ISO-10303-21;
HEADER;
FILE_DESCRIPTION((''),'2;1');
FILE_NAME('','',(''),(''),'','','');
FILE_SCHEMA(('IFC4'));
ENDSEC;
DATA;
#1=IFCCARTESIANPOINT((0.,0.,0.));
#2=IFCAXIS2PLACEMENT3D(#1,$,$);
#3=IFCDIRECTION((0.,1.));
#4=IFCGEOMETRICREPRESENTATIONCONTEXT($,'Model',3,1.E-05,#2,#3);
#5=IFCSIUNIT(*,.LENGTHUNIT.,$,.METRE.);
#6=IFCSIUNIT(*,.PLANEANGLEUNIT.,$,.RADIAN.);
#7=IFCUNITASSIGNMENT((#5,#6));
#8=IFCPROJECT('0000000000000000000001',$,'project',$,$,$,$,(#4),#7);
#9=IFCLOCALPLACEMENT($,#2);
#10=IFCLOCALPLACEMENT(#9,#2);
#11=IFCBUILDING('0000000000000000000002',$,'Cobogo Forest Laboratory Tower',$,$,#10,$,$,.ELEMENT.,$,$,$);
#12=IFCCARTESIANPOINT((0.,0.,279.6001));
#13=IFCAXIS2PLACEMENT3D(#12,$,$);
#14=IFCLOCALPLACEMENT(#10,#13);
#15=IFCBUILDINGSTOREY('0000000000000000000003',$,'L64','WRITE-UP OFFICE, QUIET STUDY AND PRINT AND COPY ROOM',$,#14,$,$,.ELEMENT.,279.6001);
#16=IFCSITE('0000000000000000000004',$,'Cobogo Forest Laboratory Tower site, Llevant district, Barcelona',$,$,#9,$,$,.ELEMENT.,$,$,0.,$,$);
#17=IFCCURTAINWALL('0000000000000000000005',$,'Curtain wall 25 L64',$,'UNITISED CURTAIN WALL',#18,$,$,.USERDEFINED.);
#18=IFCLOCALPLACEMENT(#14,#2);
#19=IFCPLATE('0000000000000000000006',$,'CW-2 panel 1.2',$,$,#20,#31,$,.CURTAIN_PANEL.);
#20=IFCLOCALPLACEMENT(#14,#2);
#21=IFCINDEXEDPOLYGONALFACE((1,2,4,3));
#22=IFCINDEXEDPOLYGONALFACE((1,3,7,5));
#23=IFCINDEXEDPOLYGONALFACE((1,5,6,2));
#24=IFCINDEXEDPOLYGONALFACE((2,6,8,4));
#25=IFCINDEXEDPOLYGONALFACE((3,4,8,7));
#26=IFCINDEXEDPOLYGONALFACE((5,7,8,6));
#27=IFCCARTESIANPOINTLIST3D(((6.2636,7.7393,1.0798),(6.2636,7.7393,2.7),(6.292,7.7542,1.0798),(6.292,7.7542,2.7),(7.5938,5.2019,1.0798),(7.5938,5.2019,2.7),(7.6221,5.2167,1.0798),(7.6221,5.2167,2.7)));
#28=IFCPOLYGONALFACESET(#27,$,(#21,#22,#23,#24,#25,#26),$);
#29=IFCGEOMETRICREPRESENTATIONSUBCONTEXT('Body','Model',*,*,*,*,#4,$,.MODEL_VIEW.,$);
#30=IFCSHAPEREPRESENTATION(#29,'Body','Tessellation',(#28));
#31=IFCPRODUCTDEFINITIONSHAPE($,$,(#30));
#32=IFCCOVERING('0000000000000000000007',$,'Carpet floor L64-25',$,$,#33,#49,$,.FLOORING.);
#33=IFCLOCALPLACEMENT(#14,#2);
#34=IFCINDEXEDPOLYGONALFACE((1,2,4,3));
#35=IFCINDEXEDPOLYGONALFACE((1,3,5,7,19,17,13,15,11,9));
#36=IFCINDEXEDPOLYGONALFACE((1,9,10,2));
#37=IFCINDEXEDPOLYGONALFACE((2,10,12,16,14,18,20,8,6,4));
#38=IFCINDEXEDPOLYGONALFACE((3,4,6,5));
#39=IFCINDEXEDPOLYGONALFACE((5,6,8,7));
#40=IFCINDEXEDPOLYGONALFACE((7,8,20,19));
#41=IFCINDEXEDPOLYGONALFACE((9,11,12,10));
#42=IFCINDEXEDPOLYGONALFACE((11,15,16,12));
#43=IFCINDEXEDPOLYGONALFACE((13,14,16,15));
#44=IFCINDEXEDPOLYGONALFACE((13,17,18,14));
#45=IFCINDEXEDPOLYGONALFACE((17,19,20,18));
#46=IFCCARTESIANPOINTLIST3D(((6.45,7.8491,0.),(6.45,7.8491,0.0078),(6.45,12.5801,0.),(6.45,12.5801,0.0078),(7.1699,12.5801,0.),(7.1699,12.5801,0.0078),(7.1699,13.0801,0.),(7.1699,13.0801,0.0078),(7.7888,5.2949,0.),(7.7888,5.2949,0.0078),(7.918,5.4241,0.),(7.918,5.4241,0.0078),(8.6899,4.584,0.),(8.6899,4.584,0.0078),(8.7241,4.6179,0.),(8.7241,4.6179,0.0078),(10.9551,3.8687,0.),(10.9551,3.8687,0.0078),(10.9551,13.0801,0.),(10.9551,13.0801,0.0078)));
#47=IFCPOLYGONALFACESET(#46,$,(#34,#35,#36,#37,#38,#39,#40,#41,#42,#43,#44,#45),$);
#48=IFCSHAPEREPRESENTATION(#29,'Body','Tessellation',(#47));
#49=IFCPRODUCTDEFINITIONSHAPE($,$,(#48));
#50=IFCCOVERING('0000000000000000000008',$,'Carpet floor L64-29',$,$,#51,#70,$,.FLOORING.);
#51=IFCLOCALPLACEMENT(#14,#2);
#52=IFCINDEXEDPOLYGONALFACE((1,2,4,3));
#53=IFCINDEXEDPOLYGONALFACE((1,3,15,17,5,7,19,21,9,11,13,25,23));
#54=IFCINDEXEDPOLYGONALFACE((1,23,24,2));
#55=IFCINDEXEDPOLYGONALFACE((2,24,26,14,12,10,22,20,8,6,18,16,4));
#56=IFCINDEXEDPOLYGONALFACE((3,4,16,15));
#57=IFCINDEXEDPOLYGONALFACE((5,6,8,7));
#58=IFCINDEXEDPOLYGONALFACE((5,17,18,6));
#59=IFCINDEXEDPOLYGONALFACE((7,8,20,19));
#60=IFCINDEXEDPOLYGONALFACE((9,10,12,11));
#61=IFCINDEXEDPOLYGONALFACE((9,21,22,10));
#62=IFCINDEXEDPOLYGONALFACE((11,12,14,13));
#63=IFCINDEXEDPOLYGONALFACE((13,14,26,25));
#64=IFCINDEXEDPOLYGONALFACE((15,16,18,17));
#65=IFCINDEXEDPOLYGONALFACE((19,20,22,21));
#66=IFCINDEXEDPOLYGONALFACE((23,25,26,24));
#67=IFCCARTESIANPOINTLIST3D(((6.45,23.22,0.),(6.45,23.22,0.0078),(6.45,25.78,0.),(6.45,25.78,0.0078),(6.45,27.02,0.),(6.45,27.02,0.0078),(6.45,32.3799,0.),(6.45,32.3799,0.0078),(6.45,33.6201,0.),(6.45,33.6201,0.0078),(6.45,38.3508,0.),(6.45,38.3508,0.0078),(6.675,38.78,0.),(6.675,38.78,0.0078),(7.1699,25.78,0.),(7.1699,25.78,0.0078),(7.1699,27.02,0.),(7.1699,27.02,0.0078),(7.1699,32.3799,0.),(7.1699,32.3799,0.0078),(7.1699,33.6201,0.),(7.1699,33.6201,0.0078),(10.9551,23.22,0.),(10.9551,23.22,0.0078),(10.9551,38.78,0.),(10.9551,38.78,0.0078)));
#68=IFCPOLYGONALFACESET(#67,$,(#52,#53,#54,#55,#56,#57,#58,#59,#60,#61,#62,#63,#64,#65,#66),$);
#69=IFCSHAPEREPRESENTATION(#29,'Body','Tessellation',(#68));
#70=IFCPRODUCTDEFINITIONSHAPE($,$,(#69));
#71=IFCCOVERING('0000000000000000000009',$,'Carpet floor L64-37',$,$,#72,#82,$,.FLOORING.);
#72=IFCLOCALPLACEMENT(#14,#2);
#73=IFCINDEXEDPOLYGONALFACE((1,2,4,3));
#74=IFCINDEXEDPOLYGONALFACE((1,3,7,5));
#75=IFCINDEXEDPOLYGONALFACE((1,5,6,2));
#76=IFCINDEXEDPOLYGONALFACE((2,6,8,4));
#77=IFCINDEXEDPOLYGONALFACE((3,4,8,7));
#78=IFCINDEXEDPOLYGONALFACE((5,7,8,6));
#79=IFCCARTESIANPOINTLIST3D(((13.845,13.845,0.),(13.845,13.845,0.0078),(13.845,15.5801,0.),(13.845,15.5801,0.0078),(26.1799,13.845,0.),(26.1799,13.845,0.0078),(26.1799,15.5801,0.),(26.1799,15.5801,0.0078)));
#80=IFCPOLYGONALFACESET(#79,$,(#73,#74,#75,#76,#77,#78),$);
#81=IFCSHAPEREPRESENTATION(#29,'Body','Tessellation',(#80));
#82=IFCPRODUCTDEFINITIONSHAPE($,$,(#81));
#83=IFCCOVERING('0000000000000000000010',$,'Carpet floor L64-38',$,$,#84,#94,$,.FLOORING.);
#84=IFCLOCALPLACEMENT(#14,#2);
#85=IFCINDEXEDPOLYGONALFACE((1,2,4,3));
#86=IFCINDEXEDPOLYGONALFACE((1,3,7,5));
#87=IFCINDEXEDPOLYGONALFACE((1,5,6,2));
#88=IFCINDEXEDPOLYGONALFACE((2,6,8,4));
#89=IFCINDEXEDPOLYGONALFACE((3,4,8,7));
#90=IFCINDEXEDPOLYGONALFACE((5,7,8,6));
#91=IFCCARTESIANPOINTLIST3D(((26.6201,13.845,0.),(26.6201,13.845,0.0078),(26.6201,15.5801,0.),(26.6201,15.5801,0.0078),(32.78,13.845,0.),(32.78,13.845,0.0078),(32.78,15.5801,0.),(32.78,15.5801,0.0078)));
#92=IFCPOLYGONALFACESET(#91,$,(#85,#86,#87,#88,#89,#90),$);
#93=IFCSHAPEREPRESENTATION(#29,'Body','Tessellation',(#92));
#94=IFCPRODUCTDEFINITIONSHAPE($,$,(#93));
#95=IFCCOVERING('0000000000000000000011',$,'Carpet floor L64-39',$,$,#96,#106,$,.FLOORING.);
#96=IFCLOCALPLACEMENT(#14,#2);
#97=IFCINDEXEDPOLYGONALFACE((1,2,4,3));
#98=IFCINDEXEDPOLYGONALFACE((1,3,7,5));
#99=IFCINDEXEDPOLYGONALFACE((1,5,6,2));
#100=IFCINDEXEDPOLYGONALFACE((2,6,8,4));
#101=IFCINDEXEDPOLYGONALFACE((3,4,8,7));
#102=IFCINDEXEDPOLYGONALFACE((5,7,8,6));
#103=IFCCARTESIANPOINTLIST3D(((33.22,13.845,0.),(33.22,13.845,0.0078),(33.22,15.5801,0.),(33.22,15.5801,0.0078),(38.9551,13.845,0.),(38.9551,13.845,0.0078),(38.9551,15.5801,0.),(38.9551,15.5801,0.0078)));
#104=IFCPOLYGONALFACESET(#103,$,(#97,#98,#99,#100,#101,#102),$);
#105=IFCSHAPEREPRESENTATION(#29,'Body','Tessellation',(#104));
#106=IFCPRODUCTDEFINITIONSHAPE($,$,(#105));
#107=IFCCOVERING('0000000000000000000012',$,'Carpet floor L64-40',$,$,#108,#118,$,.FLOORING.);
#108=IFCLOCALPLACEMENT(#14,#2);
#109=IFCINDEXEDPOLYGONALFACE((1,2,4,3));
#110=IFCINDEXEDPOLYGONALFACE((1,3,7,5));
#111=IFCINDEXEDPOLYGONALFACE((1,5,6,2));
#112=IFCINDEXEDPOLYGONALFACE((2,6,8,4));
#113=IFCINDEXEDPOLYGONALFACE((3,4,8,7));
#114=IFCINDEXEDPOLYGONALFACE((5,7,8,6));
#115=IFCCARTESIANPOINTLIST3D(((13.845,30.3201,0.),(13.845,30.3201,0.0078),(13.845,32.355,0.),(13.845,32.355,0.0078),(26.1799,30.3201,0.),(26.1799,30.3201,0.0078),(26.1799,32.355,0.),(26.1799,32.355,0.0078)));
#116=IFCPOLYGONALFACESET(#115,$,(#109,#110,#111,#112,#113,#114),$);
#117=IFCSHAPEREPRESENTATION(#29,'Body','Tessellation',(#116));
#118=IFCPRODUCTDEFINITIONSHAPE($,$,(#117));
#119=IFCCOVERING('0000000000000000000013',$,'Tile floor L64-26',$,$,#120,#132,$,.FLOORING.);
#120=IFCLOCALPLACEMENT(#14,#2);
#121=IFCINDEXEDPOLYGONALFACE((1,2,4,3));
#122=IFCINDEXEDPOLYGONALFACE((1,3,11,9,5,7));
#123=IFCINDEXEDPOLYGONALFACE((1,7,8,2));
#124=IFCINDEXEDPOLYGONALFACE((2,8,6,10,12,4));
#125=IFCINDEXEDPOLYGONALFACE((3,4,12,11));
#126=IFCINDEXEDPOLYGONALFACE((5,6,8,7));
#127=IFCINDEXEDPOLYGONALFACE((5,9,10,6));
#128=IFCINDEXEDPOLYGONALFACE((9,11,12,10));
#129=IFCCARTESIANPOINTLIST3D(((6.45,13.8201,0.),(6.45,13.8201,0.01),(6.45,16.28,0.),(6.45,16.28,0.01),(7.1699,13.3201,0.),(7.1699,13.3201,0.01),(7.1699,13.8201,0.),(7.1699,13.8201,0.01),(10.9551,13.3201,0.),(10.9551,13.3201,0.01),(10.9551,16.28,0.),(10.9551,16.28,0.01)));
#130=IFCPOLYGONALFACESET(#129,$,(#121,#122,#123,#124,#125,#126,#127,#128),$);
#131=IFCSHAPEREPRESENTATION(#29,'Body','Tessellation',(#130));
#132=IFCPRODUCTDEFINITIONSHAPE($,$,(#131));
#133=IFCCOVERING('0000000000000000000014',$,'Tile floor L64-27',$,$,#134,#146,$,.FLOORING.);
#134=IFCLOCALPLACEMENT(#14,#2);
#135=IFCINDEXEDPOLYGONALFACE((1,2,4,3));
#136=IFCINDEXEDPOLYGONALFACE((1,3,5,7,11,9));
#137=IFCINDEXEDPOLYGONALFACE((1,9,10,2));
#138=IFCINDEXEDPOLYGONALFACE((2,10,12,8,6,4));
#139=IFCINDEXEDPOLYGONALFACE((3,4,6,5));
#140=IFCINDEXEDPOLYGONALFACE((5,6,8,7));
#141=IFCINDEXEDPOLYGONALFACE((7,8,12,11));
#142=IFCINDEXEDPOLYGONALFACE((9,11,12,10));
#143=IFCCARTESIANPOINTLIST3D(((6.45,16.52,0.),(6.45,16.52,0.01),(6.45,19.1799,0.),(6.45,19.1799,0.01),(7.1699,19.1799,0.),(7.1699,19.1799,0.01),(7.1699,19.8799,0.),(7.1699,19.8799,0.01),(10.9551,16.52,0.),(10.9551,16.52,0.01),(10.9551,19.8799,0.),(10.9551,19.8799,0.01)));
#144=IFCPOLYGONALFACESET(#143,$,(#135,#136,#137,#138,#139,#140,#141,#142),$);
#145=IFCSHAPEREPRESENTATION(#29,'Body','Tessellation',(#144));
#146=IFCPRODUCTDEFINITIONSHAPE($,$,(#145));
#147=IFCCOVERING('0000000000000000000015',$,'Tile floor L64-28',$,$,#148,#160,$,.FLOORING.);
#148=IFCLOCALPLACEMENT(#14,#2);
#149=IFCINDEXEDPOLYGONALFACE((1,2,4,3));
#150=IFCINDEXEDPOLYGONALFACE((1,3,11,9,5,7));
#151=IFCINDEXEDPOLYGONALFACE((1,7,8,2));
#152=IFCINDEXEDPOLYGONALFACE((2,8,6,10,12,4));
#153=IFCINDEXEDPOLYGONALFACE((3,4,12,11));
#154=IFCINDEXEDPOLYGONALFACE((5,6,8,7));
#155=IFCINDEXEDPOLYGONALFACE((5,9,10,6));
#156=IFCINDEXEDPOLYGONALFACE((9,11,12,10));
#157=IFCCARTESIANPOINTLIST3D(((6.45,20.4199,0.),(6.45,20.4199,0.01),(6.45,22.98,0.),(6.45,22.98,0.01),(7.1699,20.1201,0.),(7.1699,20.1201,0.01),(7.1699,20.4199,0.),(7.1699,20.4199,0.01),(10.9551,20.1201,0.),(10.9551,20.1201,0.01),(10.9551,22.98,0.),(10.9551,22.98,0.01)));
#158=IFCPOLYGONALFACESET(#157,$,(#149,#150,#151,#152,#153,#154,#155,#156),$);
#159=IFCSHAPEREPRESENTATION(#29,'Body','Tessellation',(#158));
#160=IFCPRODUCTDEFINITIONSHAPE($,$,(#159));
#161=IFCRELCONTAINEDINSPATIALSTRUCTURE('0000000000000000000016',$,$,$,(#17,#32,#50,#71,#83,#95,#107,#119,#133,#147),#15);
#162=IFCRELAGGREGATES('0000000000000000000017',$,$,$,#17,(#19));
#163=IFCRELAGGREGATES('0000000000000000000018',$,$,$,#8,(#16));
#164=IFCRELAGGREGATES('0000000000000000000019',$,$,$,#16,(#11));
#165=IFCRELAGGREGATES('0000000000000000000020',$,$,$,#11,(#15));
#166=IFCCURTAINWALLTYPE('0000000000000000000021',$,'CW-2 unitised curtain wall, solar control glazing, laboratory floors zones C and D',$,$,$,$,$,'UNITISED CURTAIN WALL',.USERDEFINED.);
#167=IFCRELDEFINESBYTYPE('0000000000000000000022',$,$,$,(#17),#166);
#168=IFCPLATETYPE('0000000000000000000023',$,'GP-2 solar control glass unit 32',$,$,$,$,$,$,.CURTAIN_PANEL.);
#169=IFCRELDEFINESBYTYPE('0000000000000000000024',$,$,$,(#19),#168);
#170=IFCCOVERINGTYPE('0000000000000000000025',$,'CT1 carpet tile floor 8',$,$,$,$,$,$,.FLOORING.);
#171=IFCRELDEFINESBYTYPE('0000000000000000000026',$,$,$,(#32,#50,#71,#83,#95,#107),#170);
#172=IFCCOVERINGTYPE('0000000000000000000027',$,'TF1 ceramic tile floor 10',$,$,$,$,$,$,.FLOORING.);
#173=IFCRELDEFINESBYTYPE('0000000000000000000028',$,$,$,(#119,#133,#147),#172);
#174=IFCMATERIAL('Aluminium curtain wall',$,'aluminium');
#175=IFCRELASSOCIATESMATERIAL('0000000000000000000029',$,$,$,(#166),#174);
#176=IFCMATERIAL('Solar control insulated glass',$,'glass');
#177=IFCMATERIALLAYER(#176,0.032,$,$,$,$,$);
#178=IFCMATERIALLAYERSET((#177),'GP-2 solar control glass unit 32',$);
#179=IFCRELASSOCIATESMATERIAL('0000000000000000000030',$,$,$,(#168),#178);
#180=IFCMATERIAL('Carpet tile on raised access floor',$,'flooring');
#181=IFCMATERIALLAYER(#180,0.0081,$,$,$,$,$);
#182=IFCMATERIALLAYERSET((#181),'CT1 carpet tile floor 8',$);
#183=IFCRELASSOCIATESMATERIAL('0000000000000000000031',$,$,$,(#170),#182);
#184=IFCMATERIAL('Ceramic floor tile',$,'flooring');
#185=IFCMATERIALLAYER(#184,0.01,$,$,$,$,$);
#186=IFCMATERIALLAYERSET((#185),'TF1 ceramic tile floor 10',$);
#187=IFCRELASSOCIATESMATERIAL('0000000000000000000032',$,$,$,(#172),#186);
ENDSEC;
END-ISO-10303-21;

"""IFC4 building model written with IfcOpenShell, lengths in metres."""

from ifc_helpers import new_model, si_unit, direction, frame, origin, origin_2d, place, context, subcontext, project, spatial, polyline, rectangle, outline, extrude, material, layer, layer_set, type_object, element, aggregate, save


model = new_model("IFC4")

# Units and contexts
model_context = context("Model", 3, precision=1e-05, world=origin(), true_north=direction((0.0, 1.0)))
body_context = subcontext(model_context, "Body", "Model", "MODEL_VIEW")
ifc_project = project(units=[si_unit("LENGTHUNIT", "METRE"), si_unit("PLANEANGLEUNIT", "RADIAN")], contexts=[model_context])

# Site, building, storey
site_placement = place(None, origin())
site = spatial("IfcSite", under=ifc_project, at=site_placement, Name="Cobogo Forest Laboratory Tower site, Llevant district, Barcelona", CompositionType="ELEMENT", RefElevation=0.0)
building_placement = place(site_placement, origin())
building = spatial("IfcBuilding", under=site, at=building_placement, Name="Cobogo Forest Laboratory Tower", CompositionType="ELEMENT")
storey_placement = place(building_placement, frame((0.0, 0.0, 279.6001)))
storey = spatial("IfcBuildingStorey", under=building, at=storey_placement, Name="L64", Description="WRITE-UP OFFICE, QUIET STUDY AND PRINT AND COPY ROOM", CompositionType="ELEMENT", Elevation=279.6001)

# Curtain wall
ifc_material_1 = material(Name="Aluminium curtain wall", Category="aluminium")
curtain_wall_type = type_object("IfcCurtainWallType", Name="CW-2 unitised curtain wall, solar control glazing, laboratory floors zones C and D", ElementType="UNITISED CURTAIN WALL", PredefinedType="USERDEFINED", material=ifc_material_1)
curtain_wall_1_placement = place(storey_placement, origin())
curtain_wall_1 = element("IfcCurtainWall", 1, at=curtain_wall_1_placement, inside=storey, type_object=curtain_wall_type, Name="Curtain wall 25 L64", ObjectType="UNITISED CURTAIN WALL", PredefinedType="USERDEFINED")

# Plate
ifc_material_2 = material(Name="Solar control insulated glass", Category="glass")
ifc_layer_1 = layer(ifc_material_2, 0.032)
ifc_layer_set_1 = layer_set([ifc_layer_1], Name="GP-2 solar control glass unit 32")
plate_type = type_object("IfcPlateType", Name="GP-2 solar control glass unit 32", PredefinedType="CURTAIN_PANEL", material=ifc_layer_set_1)
plate_1_placement = place(storey_placement, frame((6.9429, 6.478, 1.0798), z_axis=(0.0, 0.0, 1.0), x_axis=(0.464284, -0.885686, 0.0)))
plate_1 = element("IfcPlate", 2, at=plate_1_placement, type_object=plate_type, Name="CW-2 panel 1.2", PredefinedType="CURTAIN_PANEL", context=body_context, shape_type="SweptSolid", body=[
    extrude(rectangle(XDim=2.865, YDim=0.032, at=origin_2d()), origin(), (0.0, 0.0, 1.0), 1.6201),
])
aggregate(curtain_wall_1, [plate_1])

# Coverings
ifc_material_3 = material(Name="Carpet tile on raised access floor", Category="flooring")
ifc_layer_2 = layer(ifc_material_3, 0.0081)
ifc_layer_set_2 = layer_set([ifc_layer_2], Name="CT1 carpet tile floor 8")
covering_type_1 = type_object("IfcCoveringType", Name="CT1 carpet tile floor 8", PredefinedType="FLOORING", material=ifc_layer_set_2)
covering_1_placement = place(storey_placement, origin())
element("IfcCovering", 3, at=covering_1_placement, inside=storey, type_object=covering_type_1, Name="Carpet floor L64-25", PredefinedType="FLOORING", context=body_context, shape_type="SweptSolid", body=[
    extrude(outline(polyline([(8.6899, 4.584), (8.7241, 4.6179), (7.918, 5.4241), (7.7888, 5.2949), (6.45, 7.8491), (6.45, 12.5801), (7.1699, 12.5801), (7.1699, 13.0801), (10.9551, 13.0801), (10.9551, 3.8687), (8.6899, 4.584)])), origin(), (0.0, 0.0, 1.0), 0.0078),
])
covering_2_placement = place(storey_placement, origin())
element("IfcCovering", 4, at=covering_2_placement, inside=storey, type_object=covering_type_1, Name="Carpet floor L64-29", PredefinedType="FLOORING", context=body_context, shape_type="SweptSolid", body=[
    extrude(outline(polyline([(10.9551, 23.22), (6.45, 23.22), (6.45, 25.78), (7.1699, 25.78), (7.1699, 27.02), (6.45, 27.02), (6.45, 32.3799), (7.1699, 32.3799), (7.1699, 33.6201), (6.45, 33.6201), (6.45, 38.3508), (6.675, 38.78), (10.9551, 38.78), (10.9551, 23.22)])), origin(), (0.0, 0.0, 1.0), 0.0078),
])
covering_3_placement = place(storey_placement, origin())
element("IfcCovering", 5, at=covering_3_placement, inside=storey, type_object=covering_type_1, Name="Carpet floor L64-37", PredefinedType="FLOORING", context=body_context, shape_type="SweptSolid", body=[
    extrude(outline(polyline([(26.1799, 13.845), (13.845, 13.845), (13.845, 15.5801), (26.1799, 15.5801), (26.1799, 13.845)])), origin(), (0.0, 0.0, 1.0), 0.0078),
])
covering_4_placement = place(storey_placement, origin())
element("IfcCovering", 6, at=covering_4_placement, inside=storey, type_object=covering_type_1, Name="Carpet floor L64-38", PredefinedType="FLOORING", context=body_context, shape_type="SweptSolid", body=[
    extrude(outline(polyline([(32.78, 13.845), (26.6201, 13.845), (26.6201, 15.5801), (32.78, 15.5801), (32.78, 13.845)])), origin(), (0.0, 0.0, 1.0), 0.0078),
])
covering_5_placement = place(storey_placement, origin())
element("IfcCovering", 7, at=covering_5_placement, inside=storey, type_object=covering_type_1, Name="Carpet floor L64-39", PredefinedType="FLOORING", context=body_context, shape_type="SweptSolid", body=[
    extrude(outline(polyline([(38.9551, 13.845), (33.22, 13.845), (33.22, 15.5801), (38.9551, 15.5801), (38.9551, 13.845)])), origin(), (0.0, 0.0, 1.0), 0.0078),
])
covering_6_placement = place(storey_placement, origin())
element("IfcCovering", 8, at=covering_6_placement, inside=storey, type_object=covering_type_1, Name="Carpet floor L64-40", PredefinedType="FLOORING", context=body_context, shape_type="SweptSolid", body=[
    extrude(outline(polyline([(26.1799, 30.3201), (13.845, 30.3201), (13.845, 32.355), (26.1799, 32.355), (26.1799, 30.3201)])), origin(), (0.0, 0.0, 1.0), 0.0078),
])
ifc_material_4 = material(Name="Ceramic floor tile", Category="flooring")
ifc_layer_3 = layer(ifc_material_4, 0.01)
ifc_layer_set_3 = layer_set([ifc_layer_3], Name="TF1 ceramic tile floor 10")
covering_type_2 = type_object("IfcCoveringType", Name="TF1 ceramic tile floor 10", PredefinedType="FLOORING", material=ifc_layer_set_3)
covering_7_placement = place(storey_placement, origin())
element("IfcCovering", 9, at=covering_7_placement, inside=storey, type_object=covering_type_2, Name="Tile floor L64-26", PredefinedType="FLOORING", context=body_context, shape_type="SweptSolid", body=[
    extrude(outline(polyline([(10.9551, 13.3201), (7.1699, 13.3201), (7.1699, 13.8201), (6.45, 13.8201), (6.45, 16.28), (10.9551, 16.28), (10.9551, 13.3201)])), origin(), (0.0, 0.0, 1.0), 0.01),
])
covering_8_placement = place(storey_placement, origin())
element("IfcCovering", 10, at=covering_8_placement, inside=storey, type_object=covering_type_2, Name="Tile floor L64-27", PredefinedType="FLOORING", context=body_context, shape_type="SweptSolid", body=[
    extrude(outline(polyline([(10.9551, 16.52), (6.45, 16.52), (6.45, 19.1799), (7.1699, 19.1799), (7.1699, 19.8799), (10.9551, 19.8799), (10.9551, 16.52)])), origin(), (0.0, 0.0, 1.0), 0.01),
])
covering_9_placement = place(storey_placement, origin())
element("IfcCovering", 11, at=covering_9_placement, inside=storey, type_object=covering_type_2, Name="Tile floor L64-28", PredefinedType="FLOORING", context=body_context, shape_type="SweptSolid", body=[
    extrude(outline(polyline([(10.9551, 20.1201), (7.1699, 20.1201), (7.1699, 20.4199), (6.45, 20.4199), (6.45, 22.98), (10.9551, 22.98), (10.9551, 20.1201)])), origin(), (0.0, 0.0, 1.0), 0.01),
])

save(model, "model.ifc")
